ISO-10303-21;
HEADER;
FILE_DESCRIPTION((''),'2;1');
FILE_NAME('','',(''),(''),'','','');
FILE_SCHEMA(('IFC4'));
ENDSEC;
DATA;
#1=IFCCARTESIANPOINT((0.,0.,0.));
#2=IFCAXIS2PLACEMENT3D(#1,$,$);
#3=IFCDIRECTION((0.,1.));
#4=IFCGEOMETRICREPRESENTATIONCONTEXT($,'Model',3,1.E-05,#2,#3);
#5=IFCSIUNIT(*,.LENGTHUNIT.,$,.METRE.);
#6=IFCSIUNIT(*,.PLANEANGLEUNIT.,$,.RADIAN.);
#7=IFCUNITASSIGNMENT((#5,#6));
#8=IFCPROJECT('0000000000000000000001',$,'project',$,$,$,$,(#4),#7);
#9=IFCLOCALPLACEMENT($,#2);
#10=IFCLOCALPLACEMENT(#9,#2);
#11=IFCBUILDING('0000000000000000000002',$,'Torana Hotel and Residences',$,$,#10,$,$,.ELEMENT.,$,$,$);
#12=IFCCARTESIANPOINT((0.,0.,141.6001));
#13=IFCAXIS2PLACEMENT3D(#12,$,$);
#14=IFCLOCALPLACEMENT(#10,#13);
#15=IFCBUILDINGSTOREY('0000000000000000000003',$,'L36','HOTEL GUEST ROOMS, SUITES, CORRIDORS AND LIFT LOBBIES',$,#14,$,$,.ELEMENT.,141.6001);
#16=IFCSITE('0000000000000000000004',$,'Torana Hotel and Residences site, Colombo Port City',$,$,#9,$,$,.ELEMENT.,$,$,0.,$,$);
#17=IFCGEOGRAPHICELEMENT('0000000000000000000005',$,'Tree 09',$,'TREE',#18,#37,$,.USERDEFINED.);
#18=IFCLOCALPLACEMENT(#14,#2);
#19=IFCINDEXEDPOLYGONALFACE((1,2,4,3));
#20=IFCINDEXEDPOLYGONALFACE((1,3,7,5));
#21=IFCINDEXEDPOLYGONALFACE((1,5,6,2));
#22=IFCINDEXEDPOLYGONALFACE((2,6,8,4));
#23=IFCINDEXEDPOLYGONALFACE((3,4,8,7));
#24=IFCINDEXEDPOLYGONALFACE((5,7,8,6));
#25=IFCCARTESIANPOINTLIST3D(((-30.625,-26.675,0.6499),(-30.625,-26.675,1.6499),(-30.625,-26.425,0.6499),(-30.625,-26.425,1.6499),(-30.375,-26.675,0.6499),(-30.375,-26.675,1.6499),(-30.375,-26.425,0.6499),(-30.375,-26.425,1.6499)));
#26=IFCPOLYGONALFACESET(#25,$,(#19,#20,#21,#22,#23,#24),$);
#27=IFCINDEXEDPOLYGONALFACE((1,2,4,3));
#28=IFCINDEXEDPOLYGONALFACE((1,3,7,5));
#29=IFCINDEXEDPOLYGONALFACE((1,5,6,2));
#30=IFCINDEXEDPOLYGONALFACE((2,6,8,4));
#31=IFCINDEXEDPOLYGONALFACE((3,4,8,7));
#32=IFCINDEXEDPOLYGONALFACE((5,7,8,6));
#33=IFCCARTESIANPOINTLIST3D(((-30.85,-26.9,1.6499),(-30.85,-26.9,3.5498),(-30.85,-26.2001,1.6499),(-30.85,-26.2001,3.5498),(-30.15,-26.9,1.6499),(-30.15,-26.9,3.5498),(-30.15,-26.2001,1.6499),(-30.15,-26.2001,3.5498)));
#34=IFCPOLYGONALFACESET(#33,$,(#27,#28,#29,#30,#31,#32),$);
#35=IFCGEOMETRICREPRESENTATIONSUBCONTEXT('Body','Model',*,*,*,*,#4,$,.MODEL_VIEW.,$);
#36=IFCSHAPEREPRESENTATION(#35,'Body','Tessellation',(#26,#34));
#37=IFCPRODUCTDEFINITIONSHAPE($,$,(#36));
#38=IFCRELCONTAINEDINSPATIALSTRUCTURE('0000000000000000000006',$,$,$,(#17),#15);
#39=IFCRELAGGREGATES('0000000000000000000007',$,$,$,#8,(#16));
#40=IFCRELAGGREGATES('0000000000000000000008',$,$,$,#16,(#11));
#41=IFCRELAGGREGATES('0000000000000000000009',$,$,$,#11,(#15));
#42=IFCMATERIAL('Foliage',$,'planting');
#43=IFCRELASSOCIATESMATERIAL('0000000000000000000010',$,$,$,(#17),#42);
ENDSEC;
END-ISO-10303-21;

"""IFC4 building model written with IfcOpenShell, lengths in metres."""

from ifc_helpers import new_model, si_unit, direction, frame, origin, origin_2d, place, context, subcontext, project, spatial, rectangle, extrude, material, element, save


model = new_model("IFC4")

# Units and contexts
model_context = context("Model", 3, precision=1e-05, world=origin(), true_north=direction((0.0, 1.0)))
body_context = subcontext(model_context, "Body", "Model", "MODEL_VIEW")
ifc_project = project(units=[si_unit("LENGTHUNIT", "METRE"), si_unit("PLANEANGLEUNIT", "RADIAN")], contexts=[model_context])

# Site, building, storey
site_placement = place(None, origin())
site = spatial("IfcSite", under=ifc_project, at=site_placement, Name="Torana Hotel and Residences site, Colombo Port City", CompositionType="ELEMENT", RefElevation=0.0)
building_placement = place(site_placement, origin())
building = spatial("IfcBuilding", under=site, at=building_placement, Name="Torana Hotel and Residences", CompositionType="ELEMENT")
storey_placement = place(building_placement, frame((0.0, 0.0, 141.6001)))
storey = spatial("IfcBuildingStorey", under=building, at=storey_placement, Name="L36", Description="HOTEL GUEST ROOMS, SUITES, CORRIDORS AND LIFT LOBBIES", CompositionType="ELEMENT", Elevation=141.6001)

# Geographic element
ifc_material_1 = material(Name="Foliage", Category="planting")
geographic_element_placement = place(storey_placement, frame((-30.5, -26.55, 0.6499), z_axis=(0.0, 0.0, 1.0), x_axis=(1.0, 0.0, 0.0)))
element("IfcGeographicElement", 1, at=geographic_element_placement, inside=storey, material=ifc_material_1, Name="Tree 09", ObjectType="TREE", PredefinedType="USERDEFINED", context=body_context, shape_type="SweptSolid", body=[
    extrude(rectangle(XDim=0.25, YDim=0.25, at=origin_2d()), origin(), (0.0, 0.0, 1.0), 1.0),
    extrude(rectangle(XDim=0.7, YDim=0.7, at=origin_2d()), frame((0.0, 0.0, 1.0)), (0.0, 0.0, 1.0), 1.8999),
])

save(model, "model.ifc")
